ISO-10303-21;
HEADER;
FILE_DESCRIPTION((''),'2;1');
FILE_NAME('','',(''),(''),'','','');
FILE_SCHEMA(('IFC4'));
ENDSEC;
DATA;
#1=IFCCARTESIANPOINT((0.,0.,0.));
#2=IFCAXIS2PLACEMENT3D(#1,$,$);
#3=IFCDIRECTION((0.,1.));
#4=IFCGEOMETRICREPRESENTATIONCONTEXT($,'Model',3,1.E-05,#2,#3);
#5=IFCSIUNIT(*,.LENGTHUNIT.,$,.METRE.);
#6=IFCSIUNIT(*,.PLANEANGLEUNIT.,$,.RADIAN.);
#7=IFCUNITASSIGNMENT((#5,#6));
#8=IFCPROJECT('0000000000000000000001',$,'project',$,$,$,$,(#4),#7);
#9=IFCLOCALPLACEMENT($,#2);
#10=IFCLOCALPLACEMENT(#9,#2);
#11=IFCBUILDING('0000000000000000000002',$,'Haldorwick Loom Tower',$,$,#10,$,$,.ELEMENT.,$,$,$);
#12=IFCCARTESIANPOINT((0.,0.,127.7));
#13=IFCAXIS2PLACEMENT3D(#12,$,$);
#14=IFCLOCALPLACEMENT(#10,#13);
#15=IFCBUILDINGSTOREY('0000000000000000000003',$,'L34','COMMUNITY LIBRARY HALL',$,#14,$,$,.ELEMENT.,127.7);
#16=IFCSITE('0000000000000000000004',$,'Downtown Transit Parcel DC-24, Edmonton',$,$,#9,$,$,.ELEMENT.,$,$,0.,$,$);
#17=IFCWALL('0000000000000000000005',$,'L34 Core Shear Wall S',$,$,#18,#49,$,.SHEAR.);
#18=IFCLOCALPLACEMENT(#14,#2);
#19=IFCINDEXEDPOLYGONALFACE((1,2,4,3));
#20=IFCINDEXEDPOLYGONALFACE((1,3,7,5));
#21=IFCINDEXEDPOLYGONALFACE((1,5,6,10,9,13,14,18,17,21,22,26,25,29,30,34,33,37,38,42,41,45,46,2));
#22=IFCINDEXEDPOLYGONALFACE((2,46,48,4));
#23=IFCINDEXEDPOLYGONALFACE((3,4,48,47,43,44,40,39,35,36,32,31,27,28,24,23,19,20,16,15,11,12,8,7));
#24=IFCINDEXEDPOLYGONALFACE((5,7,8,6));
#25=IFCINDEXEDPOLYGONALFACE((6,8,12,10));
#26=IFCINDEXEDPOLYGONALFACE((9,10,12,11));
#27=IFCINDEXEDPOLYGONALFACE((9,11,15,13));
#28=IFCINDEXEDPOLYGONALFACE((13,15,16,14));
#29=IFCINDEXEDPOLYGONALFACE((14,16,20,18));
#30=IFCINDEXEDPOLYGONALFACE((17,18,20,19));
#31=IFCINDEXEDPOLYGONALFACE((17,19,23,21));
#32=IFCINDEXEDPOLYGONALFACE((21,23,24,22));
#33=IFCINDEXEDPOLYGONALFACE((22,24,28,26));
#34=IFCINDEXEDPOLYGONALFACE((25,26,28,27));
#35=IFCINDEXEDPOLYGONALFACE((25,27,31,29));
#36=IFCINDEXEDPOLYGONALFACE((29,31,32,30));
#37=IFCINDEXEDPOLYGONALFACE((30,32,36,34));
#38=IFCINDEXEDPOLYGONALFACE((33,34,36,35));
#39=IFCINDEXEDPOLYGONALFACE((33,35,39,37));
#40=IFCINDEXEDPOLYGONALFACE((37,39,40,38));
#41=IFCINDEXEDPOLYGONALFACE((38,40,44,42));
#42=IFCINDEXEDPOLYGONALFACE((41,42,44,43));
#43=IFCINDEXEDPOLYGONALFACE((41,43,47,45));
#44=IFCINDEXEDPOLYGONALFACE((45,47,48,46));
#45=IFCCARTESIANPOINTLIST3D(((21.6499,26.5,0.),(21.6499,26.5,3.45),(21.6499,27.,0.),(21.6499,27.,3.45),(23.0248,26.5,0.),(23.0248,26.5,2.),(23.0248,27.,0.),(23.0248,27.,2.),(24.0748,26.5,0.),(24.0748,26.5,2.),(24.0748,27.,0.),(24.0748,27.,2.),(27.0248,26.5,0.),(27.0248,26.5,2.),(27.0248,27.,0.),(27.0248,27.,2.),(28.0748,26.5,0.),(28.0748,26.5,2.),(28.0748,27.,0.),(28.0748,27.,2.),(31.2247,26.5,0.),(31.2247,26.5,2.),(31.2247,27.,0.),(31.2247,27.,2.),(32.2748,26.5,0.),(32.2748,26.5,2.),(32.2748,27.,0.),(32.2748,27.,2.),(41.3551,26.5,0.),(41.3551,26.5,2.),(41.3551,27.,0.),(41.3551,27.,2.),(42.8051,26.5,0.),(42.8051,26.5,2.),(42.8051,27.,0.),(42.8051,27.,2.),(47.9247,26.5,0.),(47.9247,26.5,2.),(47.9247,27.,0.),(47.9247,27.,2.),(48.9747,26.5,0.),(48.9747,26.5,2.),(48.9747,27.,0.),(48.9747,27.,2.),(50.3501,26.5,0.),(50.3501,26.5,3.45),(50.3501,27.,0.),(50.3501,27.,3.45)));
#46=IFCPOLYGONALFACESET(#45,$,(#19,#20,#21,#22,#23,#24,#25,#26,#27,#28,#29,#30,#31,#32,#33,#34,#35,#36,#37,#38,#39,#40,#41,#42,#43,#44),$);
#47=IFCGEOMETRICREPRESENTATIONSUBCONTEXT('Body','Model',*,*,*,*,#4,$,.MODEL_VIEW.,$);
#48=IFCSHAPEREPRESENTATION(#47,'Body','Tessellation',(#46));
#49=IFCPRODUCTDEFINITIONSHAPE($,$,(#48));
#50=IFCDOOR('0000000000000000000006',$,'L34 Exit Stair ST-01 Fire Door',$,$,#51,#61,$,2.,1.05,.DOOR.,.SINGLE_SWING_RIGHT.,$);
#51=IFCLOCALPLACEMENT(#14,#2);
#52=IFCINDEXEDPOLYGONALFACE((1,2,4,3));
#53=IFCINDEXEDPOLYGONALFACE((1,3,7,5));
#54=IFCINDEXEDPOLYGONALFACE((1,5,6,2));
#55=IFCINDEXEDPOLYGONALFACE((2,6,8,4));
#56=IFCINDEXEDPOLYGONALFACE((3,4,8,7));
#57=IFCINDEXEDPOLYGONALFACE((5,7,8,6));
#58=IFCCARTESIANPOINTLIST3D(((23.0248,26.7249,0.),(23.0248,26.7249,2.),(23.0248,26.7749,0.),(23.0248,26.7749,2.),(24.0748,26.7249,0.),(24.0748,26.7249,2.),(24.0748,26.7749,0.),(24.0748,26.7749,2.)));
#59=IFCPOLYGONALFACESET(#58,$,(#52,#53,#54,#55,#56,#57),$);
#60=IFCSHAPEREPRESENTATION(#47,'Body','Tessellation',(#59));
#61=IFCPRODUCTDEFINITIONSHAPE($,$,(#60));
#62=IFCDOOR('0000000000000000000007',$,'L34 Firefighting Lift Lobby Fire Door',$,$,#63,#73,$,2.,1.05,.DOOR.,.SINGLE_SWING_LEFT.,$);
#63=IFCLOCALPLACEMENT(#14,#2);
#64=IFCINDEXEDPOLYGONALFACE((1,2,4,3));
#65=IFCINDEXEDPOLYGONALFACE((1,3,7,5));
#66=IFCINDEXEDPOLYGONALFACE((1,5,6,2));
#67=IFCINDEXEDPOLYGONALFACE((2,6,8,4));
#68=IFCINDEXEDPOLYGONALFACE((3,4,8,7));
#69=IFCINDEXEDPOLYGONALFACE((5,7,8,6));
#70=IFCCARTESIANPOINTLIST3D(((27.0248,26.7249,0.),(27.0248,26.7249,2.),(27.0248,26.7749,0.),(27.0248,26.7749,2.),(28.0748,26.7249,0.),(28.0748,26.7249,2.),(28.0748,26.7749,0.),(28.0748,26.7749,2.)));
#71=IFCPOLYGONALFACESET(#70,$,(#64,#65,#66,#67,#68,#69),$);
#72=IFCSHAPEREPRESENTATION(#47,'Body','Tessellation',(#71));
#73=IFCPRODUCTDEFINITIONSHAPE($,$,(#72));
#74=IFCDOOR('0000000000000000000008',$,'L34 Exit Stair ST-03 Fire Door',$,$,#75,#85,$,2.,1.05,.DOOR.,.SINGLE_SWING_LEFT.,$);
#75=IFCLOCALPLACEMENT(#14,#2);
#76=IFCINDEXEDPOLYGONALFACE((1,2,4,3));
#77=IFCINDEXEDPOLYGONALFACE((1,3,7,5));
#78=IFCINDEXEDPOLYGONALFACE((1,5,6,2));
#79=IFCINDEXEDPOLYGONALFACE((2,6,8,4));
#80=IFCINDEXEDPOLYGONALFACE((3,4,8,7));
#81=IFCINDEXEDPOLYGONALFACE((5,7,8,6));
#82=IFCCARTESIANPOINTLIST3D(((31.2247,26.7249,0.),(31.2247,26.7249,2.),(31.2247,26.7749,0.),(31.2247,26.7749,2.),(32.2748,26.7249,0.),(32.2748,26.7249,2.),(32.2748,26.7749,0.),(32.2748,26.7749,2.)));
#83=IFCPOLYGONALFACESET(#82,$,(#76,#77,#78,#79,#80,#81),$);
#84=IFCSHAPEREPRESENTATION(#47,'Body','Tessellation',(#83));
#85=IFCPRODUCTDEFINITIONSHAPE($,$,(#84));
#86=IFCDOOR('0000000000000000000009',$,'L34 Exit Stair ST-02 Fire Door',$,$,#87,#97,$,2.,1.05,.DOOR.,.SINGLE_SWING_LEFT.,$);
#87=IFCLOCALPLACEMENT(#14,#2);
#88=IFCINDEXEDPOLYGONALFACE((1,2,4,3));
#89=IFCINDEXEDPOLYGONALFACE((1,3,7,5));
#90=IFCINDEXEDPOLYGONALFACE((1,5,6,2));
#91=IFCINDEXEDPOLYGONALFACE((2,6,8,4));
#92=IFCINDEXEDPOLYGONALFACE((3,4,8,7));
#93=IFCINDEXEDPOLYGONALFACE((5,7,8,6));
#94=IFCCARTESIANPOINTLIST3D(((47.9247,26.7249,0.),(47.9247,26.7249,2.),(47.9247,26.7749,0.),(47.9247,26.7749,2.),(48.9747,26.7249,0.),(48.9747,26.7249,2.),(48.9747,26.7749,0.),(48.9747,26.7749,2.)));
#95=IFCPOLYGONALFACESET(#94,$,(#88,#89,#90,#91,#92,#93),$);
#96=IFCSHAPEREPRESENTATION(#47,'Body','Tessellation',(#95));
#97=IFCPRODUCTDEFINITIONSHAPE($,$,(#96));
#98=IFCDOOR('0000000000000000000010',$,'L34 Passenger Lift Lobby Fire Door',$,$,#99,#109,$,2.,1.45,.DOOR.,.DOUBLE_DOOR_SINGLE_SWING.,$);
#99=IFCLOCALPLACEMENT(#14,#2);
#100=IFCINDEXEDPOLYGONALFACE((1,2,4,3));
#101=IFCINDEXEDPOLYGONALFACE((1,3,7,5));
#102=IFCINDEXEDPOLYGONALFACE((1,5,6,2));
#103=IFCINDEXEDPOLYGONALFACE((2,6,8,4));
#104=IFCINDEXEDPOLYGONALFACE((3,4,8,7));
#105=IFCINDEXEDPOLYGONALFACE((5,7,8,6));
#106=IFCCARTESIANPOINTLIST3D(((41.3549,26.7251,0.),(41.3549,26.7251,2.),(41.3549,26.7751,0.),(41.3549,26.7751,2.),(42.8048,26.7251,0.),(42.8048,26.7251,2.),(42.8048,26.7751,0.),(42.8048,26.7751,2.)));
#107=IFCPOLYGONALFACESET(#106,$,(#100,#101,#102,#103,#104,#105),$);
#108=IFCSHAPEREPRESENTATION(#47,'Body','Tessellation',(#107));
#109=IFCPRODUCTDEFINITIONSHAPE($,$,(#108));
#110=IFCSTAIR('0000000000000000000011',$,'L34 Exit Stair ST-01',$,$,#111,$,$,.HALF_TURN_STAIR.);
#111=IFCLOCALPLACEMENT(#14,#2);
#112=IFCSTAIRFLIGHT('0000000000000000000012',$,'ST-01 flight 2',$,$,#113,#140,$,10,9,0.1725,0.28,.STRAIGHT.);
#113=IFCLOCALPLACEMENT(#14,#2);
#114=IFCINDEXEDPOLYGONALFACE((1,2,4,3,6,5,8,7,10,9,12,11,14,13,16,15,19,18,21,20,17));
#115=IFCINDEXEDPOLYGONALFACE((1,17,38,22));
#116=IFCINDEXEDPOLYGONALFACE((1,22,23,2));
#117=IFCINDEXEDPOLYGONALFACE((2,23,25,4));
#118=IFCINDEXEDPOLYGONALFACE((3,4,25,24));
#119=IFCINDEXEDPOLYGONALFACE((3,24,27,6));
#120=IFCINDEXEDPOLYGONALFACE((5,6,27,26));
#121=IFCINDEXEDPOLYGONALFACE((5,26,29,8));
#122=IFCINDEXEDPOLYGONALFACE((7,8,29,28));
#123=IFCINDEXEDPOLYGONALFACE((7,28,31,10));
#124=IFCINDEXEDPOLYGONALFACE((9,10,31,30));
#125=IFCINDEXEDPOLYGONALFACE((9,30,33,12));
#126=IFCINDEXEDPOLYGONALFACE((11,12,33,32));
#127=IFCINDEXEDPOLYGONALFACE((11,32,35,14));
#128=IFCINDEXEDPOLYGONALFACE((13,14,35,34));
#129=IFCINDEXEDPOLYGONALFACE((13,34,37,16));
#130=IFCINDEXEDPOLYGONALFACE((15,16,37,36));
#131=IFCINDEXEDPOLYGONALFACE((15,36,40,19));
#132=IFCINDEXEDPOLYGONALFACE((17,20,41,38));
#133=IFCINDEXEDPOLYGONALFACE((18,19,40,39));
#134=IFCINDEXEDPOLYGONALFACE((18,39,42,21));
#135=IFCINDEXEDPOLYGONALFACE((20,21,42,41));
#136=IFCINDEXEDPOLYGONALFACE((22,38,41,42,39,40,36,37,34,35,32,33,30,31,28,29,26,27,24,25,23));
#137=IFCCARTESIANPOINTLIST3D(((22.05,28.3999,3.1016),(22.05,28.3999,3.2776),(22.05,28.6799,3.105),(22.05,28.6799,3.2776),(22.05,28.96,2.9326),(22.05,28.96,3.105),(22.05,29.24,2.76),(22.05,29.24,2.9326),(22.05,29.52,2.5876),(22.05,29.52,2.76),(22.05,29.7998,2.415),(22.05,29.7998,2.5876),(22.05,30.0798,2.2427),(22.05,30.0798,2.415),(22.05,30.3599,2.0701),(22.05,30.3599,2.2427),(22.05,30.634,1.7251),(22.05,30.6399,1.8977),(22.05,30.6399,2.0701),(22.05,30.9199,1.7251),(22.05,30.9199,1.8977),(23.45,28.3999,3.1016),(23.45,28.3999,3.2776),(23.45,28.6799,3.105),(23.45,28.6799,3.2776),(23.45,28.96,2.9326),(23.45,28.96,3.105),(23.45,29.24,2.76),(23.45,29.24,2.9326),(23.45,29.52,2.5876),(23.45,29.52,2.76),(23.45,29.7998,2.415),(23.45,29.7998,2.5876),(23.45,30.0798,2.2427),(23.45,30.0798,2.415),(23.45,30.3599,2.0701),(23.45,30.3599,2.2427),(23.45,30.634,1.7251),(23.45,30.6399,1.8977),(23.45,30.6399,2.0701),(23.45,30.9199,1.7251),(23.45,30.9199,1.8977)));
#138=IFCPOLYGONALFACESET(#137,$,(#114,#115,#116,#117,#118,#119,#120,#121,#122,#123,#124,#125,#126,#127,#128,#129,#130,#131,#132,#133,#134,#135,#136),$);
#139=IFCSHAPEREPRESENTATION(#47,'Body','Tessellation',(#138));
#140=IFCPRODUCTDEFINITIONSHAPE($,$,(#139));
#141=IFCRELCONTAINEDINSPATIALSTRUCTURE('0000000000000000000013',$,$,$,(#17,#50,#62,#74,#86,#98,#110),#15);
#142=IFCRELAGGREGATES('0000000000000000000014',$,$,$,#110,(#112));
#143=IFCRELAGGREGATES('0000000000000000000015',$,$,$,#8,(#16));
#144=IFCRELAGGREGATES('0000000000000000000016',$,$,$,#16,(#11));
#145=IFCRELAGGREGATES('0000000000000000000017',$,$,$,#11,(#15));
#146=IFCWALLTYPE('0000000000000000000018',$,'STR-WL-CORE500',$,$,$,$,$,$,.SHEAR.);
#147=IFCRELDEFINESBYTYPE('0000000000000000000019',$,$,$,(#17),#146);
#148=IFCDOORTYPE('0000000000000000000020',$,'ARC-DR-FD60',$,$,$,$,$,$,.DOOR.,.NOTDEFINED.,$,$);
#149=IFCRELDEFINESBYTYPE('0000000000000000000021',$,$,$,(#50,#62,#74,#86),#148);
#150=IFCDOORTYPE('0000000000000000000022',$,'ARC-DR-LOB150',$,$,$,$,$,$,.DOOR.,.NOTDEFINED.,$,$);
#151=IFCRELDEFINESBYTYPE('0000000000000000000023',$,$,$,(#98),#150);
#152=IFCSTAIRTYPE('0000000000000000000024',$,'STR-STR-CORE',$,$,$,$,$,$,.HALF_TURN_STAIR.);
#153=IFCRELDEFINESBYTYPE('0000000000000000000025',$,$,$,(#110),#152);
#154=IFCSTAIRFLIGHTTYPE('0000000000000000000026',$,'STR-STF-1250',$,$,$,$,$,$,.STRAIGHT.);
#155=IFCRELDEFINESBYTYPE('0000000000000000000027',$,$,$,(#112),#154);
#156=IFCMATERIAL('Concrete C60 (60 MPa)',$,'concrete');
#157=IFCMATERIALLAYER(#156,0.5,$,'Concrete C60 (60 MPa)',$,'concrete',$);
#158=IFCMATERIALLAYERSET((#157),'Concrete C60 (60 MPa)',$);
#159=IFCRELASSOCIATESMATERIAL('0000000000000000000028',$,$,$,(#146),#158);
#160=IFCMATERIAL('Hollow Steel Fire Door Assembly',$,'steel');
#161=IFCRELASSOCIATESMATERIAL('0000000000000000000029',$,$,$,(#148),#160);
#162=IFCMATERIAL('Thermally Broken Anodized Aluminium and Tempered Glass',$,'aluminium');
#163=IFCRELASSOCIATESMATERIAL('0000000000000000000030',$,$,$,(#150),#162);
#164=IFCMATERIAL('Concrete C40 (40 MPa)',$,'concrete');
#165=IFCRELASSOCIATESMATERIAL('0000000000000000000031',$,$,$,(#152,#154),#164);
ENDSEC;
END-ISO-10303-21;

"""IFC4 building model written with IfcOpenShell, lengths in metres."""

from ifc_helpers import new_model, si_unit, direction, frame, frame_2d, origin, place, context, subcontext, project, spatial, polyline, rectangle, outline, extrude, material, layer, layer_set, type_object, element, fill, aggregate, save


model = new_model("IFC4")

# Units and contexts
model_context = context("Model", 3, precision=1e-05, world=origin(), true_north=direction((0.0, 1.0)))
body_context = subcontext(model_context, "Body", "Model", "MODEL_VIEW")
ifc_project = project(units=[si_unit("LENGTHUNIT", "METRE"), si_unit("PLANEANGLEUNIT", "RADIAN")], contexts=[model_context])

# Site, building, storey
site_placement = place(None, origin())
site = spatial("IfcSite", under=ifc_project, at=site_placement, Name="Downtown Transit Parcel DC-24, Edmonton", CompositionType="ELEMENT", RefElevation=0.0)
building_placement = place(site_placement, origin())
building = spatial("IfcBuilding", under=site, at=building_placement, Name="Haldorwick Loom Tower", CompositionType="ELEMENT")
storey_placement = place(building_placement, frame((0.0, 0.0, 127.7)))
storey = spatial("IfcBuildingStorey", under=building, at=storey_placement, Name="L34", Description="COMMUNITY LIBRARY HALL", CompositionType="ELEMENT", Elevation=127.7)

# Shared definitions
ifc_material_1 = material(Name="Concrete C60 (60 MPa)", Category="concrete")

# Shared definitions
ifc_material_2 = material(Name="Thermally Broken Anodized Aluminium and Tempered Glass", Category="aluminium")

# Wall, openings, doors
ifc_layer_1 = layer(ifc_material_1, 0.5, Name="Concrete C60 (60 MPa)", Category="concrete")
ifc_layer_set_1 = layer_set([ifc_layer_1], Name="Concrete C60 (60 MPa)")
wall_type_1 = type_object("IfcWallType", Name="STR-WL-CORE500", PredefinedType="SHEAR", material=ifc_layer_set_1)
wall_1_placement = place(storey_placement, frame((21.6499, 26.75, 0.0), z_axis=(0.0, 0.0, 1.0), x_axis=(1.0, 0.0, 0.0)))
wall_1 = element("IfcWall", 1, at=wall_1_placement, inside=storey, type_object=wall_type_1, Name="L34 Core Shear Wall S", PredefinedType="SHEAR", context=body_context, shape_type="SweptSolid", body=[
    extrude(rectangle(XDim=28.7002, YDim=0.5, at=frame_2d((14.3501, 0.0))), origin(), (0.0, 0.0, 1.0), 3.45),
])
opening_1_placement = place(wall_1_placement, frame((1.375, 0.0, 0.0)))
opening_1 = element("IfcOpeningElement", 2, at=opening_1_placement, cuts=wall_1, PredefinedType="OPENING", context=body_context, shape_type="SweptSolid", body=[
    extrude(rectangle(XDim=1.05, YDim=2.0, at=frame_2d((0.5249, 1.0))), frame((0.0, 0.26, 0.0), z_axis=(0.0, -1.0, 0.0), x_axis=(1.0, 0.0, 0.0)), (0.0, 0.0, 1.0), 0.52),
])
opening_2_placement = place(wall_1_placement, frame((5.375, 0.0, 0.0)))
opening_2 = element("IfcOpeningElement", 3, at=opening_2_placement, cuts=wall_1, PredefinedType="OPENING", context=body_context, shape_type="SweptSolid", body=[
    extrude(rectangle(XDim=1.05, YDim=2.0, at=frame_2d((0.5249, 1.0))), frame((0.0, 0.26, 0.0), z_axis=(0.0, -1.0, 0.0), x_axis=(1.0, 0.0, 0.0)), (0.0, 0.0, 1.0), 0.52),
])
opening_3_placement = place(wall_1_placement, frame((9.575, 0.0, 0.0)))
opening_3 = element("IfcOpeningElement", 4, at=opening_3_placement, cuts=wall_1, PredefinedType="OPENING", context=body_context, shape_type="SweptSolid", body=[
    extrude(rectangle(XDim=1.05, YDim=2.0, at=frame_2d((0.5249, 1.0))), frame((0.0, 0.26, 0.0), z_axis=(0.0, -1.0, 0.0), x_axis=(1.0, 0.0, 0.0)), (0.0, 0.0, 1.0), 0.52),
])
opening_4_placement = place(wall_1_placement, frame((19.7051, 0.0, 0.0)))
opening_4 = element("IfcOpeningElement", 5, at=opening_4_placement, cuts=wall_1, PredefinedType="OPENING", context=body_context, shape_type="SweptSolid", body=[
    extrude(rectangle(XDim=1.45, YDim=2.0, at=frame_2d((0.7251, 1.0))), frame((0.0, 0.26, 0.0), z_axis=(0.0, -1.0, 0.0), x_axis=(1.0, 0.0, 0.0)), (0.0, 0.0, 1.0), 0.52),
])
opening_5_placement = place(wall_1_placement, frame((26.2749, 0.0, 0.0)))
opening_5 = element("IfcOpeningElement", 6, at=opening_5_placement, cuts=wall_1, PredefinedType="OPENING", context=body_context, shape_type="SweptSolid", body=[
    extrude(rectangle(XDim=1.05, YDim=2.0, at=frame_2d((0.5249, 1.0))), frame((0.0, 0.26, 0.0), z_axis=(0.0, -1.0, 0.0), x_axis=(1.0, 0.0, 0.0)), (0.0, 0.0, 1.0), 0.52),
])
ifc_material_3 = material(Name="Hollow Steel Fire Door Assembly", Category="steel")
door_type_1 = type_object("IfcDoorType", Name="ARC-DR-FD60", OperationType="NOTDEFINED", PredefinedType="DOOR", material=ifc_material_3)
door_1_placement = place(opening_1_placement, origin())
door_1 = element("IfcDoor", 7, at=door_1_placement, inside=storey, type_object=door_type_1, Name="L34 Exit Stair ST-01 Fire Door", OperationType="SINGLE_SWING_RIGHT", OverallHeight=2.0, OverallWidth=1.05, PredefinedType="DOOR", context=body_context, shape_type="SweptSolid", body=[
    extrude(rectangle(XDim=1.05, YDim=2.0, at=frame_2d((0.5249, 1.0))), frame((0.0, 0.0249, 0.0), z_axis=(0.0, -1.0, 0.0), x_axis=(1.0, 0.0, 0.0)), (0.0, 0.0, 1.0), 0.05),
])
fill(opening_1, door_1)
door_2_placement = place(opening_2_placement, origin())
door_2 = element("IfcDoor", 8, at=door_2_placement, inside=storey, type_object=door_type_1, Name="L34 Firefighting Lift Lobby Fire Door", OperationType="SINGLE_SWING_LEFT", OverallHeight=2.0, OverallWidth=1.05, PredefinedType="DOOR", context=body_context, shape_type="SweptSolid", body=[
    extrude(rectangle(XDim=1.05, YDim=2.0, at=frame_2d((0.5249, 1.0))), frame((0.0, 0.0249, 0.0), z_axis=(0.0, -1.0, 0.0), x_axis=(1.0, 0.0, 0.0)), (0.0, 0.0, 1.0), 0.05),
])
fill(opening_2, door_2)
door_3_placement = place(opening_3_placement, origin())
door_3 = element("IfcDoor", 9, at=door_3_placement, inside=storey, type_object=door_type_1, Name="L34 Exit Stair ST-03 Fire Door", OperationType="SINGLE_SWING_LEFT", OverallHeight=2.0, OverallWidth=1.05, PredefinedType="DOOR", context=body_context, shape_type="SweptSolid", body=[
    extrude(rectangle(XDim=1.05, YDim=2.0, at=frame_2d((0.5249, 1.0))), frame((0.0, 0.0249, 0.0), z_axis=(0.0, -1.0, 0.0), x_axis=(1.0, 0.0, 0.0)), (0.0, 0.0, 1.0), 0.05),
])
fill(opening_3, door_3)
door_4_placement = place(opening_5_placement, origin())
door_4 = element("IfcDoor", 10, at=door_4_placement, inside=storey, type_object=door_type_1, Name="L34 Exit Stair ST-02 Fire Door", OperationType="SINGLE_SWING_LEFT", OverallHeight=2.0, OverallWidth=1.05, PredefinedType="DOOR", context=body_context, shape_type="SweptSolid", body=[
    extrude(rectangle(XDim=1.05, YDim=2.0, at=frame_2d((0.5249, 1.0))), frame((0.0, 0.0249, 0.0), z_axis=(0.0, -1.0, 0.0), x_axis=(1.0, 0.0, 0.0)), (0.0, 0.0, 1.0), 0.05),
])
fill(opening_5, door_4)
door_type_2 = type_object("IfcDoorType", Name="ARC-DR-LOB150", OperationType="NOTDEFINED", PredefinedType="DOOR", material=ifc_material_2)
door_5_placement = place(opening_4_placement, frame((1.45, 0.0, 0.0), z_axis=(0.0, 0.0, 1.0), x_axis=(-1.0, 0.0, 0.0)))
door_5 = element("IfcDoor", 11, at=door_5_placement, inside=storey, type_object=door_type_2, Name="L34 Passenger Lift Lobby Fire Door", OperationType="DOUBLE_DOOR_SINGLE_SWING", OverallHeight=2.0, OverallWidth=1.45, PredefinedType="DOOR", context=body_context, shape_type="SweptSolid", body=[
    extrude(rectangle(XDim=1.45, YDim=2.0, at=frame_2d((0.7251, 1.0))), frame((0.0, 0.0249, 0.0), z_axis=(0.0, -1.0, 0.0), x_axis=(1.0, 0.0, 0.0)), (0.0, 0.0, 1.0), 0.05),
])
fill(opening_4, door_5)

# Stair, stair flight
ifc_material_4 = material(Name="Concrete C40 (40 MPa)", Category="concrete")
stair_type = type_object("IfcStairType", Name="STR-STR-CORE", PredefinedType="HALF_TURN_STAIR", material=ifc_material_4)
stair_placement = place(storey_placement, origin())
stair = element("IfcStair", 12, at=stair_placement, inside=storey, type_object=stair_type, Name="L34 Exit Stair ST-01", PredefinedType="HALF_TURN_STAIR")
stair_flight_type = type_object("IfcStairFlightType", Name="STR-STF-1250", PredefinedType="STRAIGHT", material=ifc_material_4)
stair_flight_placement = place(storey_placement, frame((22.75, 30.9199, 1.7251), z_axis=(0.0, 0.0, 1.0), x_axis=(0.0, -1.0, 0.0)))
stair_flight = element("IfcStairFlight", 13, at=stair_flight_placement, type_object=stair_flight_type, Name="ST-01 flight 2", NumberOfRisers=10, NumberOfTreads=9, PredefinedType="STRAIGHT", RiserHeight=0.1725, TreadLength=0.28, context=body_context, shape_type="SweptSolid", body=[
    extrude(outline(polyline([(0.0, 0.0), (0.0, 0.1726), (0.28, 0.1726), (0.28, 0.345), (0.5601, 0.345), (0.5601, 0.5176), (0.8401, 0.5176), (0.8401, 0.6899), (1.1201, 0.6899), (1.1201, 0.8625), (1.3999, 0.8625), (1.3999, 1.0349), (1.6799, 1.0349), (1.6799, 1.2075), (1.96, 1.2075), (1.96, 1.3799), (2.24, 1.3799), (2.24, 1.5525), (2.52, 1.5525), (2.52, 1.7251), (2.52, 1.3765), (0.2859, 0.0), (0.0, 0.0)])), frame((0.0, 0.7, 0.0), z_axis=(0.0, -1.0, 0.0), x_axis=(1.0, 0.0, 0.0)), (0.0, 0.0, 1.0), 1.3999),
])
aggregate(stair, [stair_flight])

save(model, "model.ifc")
